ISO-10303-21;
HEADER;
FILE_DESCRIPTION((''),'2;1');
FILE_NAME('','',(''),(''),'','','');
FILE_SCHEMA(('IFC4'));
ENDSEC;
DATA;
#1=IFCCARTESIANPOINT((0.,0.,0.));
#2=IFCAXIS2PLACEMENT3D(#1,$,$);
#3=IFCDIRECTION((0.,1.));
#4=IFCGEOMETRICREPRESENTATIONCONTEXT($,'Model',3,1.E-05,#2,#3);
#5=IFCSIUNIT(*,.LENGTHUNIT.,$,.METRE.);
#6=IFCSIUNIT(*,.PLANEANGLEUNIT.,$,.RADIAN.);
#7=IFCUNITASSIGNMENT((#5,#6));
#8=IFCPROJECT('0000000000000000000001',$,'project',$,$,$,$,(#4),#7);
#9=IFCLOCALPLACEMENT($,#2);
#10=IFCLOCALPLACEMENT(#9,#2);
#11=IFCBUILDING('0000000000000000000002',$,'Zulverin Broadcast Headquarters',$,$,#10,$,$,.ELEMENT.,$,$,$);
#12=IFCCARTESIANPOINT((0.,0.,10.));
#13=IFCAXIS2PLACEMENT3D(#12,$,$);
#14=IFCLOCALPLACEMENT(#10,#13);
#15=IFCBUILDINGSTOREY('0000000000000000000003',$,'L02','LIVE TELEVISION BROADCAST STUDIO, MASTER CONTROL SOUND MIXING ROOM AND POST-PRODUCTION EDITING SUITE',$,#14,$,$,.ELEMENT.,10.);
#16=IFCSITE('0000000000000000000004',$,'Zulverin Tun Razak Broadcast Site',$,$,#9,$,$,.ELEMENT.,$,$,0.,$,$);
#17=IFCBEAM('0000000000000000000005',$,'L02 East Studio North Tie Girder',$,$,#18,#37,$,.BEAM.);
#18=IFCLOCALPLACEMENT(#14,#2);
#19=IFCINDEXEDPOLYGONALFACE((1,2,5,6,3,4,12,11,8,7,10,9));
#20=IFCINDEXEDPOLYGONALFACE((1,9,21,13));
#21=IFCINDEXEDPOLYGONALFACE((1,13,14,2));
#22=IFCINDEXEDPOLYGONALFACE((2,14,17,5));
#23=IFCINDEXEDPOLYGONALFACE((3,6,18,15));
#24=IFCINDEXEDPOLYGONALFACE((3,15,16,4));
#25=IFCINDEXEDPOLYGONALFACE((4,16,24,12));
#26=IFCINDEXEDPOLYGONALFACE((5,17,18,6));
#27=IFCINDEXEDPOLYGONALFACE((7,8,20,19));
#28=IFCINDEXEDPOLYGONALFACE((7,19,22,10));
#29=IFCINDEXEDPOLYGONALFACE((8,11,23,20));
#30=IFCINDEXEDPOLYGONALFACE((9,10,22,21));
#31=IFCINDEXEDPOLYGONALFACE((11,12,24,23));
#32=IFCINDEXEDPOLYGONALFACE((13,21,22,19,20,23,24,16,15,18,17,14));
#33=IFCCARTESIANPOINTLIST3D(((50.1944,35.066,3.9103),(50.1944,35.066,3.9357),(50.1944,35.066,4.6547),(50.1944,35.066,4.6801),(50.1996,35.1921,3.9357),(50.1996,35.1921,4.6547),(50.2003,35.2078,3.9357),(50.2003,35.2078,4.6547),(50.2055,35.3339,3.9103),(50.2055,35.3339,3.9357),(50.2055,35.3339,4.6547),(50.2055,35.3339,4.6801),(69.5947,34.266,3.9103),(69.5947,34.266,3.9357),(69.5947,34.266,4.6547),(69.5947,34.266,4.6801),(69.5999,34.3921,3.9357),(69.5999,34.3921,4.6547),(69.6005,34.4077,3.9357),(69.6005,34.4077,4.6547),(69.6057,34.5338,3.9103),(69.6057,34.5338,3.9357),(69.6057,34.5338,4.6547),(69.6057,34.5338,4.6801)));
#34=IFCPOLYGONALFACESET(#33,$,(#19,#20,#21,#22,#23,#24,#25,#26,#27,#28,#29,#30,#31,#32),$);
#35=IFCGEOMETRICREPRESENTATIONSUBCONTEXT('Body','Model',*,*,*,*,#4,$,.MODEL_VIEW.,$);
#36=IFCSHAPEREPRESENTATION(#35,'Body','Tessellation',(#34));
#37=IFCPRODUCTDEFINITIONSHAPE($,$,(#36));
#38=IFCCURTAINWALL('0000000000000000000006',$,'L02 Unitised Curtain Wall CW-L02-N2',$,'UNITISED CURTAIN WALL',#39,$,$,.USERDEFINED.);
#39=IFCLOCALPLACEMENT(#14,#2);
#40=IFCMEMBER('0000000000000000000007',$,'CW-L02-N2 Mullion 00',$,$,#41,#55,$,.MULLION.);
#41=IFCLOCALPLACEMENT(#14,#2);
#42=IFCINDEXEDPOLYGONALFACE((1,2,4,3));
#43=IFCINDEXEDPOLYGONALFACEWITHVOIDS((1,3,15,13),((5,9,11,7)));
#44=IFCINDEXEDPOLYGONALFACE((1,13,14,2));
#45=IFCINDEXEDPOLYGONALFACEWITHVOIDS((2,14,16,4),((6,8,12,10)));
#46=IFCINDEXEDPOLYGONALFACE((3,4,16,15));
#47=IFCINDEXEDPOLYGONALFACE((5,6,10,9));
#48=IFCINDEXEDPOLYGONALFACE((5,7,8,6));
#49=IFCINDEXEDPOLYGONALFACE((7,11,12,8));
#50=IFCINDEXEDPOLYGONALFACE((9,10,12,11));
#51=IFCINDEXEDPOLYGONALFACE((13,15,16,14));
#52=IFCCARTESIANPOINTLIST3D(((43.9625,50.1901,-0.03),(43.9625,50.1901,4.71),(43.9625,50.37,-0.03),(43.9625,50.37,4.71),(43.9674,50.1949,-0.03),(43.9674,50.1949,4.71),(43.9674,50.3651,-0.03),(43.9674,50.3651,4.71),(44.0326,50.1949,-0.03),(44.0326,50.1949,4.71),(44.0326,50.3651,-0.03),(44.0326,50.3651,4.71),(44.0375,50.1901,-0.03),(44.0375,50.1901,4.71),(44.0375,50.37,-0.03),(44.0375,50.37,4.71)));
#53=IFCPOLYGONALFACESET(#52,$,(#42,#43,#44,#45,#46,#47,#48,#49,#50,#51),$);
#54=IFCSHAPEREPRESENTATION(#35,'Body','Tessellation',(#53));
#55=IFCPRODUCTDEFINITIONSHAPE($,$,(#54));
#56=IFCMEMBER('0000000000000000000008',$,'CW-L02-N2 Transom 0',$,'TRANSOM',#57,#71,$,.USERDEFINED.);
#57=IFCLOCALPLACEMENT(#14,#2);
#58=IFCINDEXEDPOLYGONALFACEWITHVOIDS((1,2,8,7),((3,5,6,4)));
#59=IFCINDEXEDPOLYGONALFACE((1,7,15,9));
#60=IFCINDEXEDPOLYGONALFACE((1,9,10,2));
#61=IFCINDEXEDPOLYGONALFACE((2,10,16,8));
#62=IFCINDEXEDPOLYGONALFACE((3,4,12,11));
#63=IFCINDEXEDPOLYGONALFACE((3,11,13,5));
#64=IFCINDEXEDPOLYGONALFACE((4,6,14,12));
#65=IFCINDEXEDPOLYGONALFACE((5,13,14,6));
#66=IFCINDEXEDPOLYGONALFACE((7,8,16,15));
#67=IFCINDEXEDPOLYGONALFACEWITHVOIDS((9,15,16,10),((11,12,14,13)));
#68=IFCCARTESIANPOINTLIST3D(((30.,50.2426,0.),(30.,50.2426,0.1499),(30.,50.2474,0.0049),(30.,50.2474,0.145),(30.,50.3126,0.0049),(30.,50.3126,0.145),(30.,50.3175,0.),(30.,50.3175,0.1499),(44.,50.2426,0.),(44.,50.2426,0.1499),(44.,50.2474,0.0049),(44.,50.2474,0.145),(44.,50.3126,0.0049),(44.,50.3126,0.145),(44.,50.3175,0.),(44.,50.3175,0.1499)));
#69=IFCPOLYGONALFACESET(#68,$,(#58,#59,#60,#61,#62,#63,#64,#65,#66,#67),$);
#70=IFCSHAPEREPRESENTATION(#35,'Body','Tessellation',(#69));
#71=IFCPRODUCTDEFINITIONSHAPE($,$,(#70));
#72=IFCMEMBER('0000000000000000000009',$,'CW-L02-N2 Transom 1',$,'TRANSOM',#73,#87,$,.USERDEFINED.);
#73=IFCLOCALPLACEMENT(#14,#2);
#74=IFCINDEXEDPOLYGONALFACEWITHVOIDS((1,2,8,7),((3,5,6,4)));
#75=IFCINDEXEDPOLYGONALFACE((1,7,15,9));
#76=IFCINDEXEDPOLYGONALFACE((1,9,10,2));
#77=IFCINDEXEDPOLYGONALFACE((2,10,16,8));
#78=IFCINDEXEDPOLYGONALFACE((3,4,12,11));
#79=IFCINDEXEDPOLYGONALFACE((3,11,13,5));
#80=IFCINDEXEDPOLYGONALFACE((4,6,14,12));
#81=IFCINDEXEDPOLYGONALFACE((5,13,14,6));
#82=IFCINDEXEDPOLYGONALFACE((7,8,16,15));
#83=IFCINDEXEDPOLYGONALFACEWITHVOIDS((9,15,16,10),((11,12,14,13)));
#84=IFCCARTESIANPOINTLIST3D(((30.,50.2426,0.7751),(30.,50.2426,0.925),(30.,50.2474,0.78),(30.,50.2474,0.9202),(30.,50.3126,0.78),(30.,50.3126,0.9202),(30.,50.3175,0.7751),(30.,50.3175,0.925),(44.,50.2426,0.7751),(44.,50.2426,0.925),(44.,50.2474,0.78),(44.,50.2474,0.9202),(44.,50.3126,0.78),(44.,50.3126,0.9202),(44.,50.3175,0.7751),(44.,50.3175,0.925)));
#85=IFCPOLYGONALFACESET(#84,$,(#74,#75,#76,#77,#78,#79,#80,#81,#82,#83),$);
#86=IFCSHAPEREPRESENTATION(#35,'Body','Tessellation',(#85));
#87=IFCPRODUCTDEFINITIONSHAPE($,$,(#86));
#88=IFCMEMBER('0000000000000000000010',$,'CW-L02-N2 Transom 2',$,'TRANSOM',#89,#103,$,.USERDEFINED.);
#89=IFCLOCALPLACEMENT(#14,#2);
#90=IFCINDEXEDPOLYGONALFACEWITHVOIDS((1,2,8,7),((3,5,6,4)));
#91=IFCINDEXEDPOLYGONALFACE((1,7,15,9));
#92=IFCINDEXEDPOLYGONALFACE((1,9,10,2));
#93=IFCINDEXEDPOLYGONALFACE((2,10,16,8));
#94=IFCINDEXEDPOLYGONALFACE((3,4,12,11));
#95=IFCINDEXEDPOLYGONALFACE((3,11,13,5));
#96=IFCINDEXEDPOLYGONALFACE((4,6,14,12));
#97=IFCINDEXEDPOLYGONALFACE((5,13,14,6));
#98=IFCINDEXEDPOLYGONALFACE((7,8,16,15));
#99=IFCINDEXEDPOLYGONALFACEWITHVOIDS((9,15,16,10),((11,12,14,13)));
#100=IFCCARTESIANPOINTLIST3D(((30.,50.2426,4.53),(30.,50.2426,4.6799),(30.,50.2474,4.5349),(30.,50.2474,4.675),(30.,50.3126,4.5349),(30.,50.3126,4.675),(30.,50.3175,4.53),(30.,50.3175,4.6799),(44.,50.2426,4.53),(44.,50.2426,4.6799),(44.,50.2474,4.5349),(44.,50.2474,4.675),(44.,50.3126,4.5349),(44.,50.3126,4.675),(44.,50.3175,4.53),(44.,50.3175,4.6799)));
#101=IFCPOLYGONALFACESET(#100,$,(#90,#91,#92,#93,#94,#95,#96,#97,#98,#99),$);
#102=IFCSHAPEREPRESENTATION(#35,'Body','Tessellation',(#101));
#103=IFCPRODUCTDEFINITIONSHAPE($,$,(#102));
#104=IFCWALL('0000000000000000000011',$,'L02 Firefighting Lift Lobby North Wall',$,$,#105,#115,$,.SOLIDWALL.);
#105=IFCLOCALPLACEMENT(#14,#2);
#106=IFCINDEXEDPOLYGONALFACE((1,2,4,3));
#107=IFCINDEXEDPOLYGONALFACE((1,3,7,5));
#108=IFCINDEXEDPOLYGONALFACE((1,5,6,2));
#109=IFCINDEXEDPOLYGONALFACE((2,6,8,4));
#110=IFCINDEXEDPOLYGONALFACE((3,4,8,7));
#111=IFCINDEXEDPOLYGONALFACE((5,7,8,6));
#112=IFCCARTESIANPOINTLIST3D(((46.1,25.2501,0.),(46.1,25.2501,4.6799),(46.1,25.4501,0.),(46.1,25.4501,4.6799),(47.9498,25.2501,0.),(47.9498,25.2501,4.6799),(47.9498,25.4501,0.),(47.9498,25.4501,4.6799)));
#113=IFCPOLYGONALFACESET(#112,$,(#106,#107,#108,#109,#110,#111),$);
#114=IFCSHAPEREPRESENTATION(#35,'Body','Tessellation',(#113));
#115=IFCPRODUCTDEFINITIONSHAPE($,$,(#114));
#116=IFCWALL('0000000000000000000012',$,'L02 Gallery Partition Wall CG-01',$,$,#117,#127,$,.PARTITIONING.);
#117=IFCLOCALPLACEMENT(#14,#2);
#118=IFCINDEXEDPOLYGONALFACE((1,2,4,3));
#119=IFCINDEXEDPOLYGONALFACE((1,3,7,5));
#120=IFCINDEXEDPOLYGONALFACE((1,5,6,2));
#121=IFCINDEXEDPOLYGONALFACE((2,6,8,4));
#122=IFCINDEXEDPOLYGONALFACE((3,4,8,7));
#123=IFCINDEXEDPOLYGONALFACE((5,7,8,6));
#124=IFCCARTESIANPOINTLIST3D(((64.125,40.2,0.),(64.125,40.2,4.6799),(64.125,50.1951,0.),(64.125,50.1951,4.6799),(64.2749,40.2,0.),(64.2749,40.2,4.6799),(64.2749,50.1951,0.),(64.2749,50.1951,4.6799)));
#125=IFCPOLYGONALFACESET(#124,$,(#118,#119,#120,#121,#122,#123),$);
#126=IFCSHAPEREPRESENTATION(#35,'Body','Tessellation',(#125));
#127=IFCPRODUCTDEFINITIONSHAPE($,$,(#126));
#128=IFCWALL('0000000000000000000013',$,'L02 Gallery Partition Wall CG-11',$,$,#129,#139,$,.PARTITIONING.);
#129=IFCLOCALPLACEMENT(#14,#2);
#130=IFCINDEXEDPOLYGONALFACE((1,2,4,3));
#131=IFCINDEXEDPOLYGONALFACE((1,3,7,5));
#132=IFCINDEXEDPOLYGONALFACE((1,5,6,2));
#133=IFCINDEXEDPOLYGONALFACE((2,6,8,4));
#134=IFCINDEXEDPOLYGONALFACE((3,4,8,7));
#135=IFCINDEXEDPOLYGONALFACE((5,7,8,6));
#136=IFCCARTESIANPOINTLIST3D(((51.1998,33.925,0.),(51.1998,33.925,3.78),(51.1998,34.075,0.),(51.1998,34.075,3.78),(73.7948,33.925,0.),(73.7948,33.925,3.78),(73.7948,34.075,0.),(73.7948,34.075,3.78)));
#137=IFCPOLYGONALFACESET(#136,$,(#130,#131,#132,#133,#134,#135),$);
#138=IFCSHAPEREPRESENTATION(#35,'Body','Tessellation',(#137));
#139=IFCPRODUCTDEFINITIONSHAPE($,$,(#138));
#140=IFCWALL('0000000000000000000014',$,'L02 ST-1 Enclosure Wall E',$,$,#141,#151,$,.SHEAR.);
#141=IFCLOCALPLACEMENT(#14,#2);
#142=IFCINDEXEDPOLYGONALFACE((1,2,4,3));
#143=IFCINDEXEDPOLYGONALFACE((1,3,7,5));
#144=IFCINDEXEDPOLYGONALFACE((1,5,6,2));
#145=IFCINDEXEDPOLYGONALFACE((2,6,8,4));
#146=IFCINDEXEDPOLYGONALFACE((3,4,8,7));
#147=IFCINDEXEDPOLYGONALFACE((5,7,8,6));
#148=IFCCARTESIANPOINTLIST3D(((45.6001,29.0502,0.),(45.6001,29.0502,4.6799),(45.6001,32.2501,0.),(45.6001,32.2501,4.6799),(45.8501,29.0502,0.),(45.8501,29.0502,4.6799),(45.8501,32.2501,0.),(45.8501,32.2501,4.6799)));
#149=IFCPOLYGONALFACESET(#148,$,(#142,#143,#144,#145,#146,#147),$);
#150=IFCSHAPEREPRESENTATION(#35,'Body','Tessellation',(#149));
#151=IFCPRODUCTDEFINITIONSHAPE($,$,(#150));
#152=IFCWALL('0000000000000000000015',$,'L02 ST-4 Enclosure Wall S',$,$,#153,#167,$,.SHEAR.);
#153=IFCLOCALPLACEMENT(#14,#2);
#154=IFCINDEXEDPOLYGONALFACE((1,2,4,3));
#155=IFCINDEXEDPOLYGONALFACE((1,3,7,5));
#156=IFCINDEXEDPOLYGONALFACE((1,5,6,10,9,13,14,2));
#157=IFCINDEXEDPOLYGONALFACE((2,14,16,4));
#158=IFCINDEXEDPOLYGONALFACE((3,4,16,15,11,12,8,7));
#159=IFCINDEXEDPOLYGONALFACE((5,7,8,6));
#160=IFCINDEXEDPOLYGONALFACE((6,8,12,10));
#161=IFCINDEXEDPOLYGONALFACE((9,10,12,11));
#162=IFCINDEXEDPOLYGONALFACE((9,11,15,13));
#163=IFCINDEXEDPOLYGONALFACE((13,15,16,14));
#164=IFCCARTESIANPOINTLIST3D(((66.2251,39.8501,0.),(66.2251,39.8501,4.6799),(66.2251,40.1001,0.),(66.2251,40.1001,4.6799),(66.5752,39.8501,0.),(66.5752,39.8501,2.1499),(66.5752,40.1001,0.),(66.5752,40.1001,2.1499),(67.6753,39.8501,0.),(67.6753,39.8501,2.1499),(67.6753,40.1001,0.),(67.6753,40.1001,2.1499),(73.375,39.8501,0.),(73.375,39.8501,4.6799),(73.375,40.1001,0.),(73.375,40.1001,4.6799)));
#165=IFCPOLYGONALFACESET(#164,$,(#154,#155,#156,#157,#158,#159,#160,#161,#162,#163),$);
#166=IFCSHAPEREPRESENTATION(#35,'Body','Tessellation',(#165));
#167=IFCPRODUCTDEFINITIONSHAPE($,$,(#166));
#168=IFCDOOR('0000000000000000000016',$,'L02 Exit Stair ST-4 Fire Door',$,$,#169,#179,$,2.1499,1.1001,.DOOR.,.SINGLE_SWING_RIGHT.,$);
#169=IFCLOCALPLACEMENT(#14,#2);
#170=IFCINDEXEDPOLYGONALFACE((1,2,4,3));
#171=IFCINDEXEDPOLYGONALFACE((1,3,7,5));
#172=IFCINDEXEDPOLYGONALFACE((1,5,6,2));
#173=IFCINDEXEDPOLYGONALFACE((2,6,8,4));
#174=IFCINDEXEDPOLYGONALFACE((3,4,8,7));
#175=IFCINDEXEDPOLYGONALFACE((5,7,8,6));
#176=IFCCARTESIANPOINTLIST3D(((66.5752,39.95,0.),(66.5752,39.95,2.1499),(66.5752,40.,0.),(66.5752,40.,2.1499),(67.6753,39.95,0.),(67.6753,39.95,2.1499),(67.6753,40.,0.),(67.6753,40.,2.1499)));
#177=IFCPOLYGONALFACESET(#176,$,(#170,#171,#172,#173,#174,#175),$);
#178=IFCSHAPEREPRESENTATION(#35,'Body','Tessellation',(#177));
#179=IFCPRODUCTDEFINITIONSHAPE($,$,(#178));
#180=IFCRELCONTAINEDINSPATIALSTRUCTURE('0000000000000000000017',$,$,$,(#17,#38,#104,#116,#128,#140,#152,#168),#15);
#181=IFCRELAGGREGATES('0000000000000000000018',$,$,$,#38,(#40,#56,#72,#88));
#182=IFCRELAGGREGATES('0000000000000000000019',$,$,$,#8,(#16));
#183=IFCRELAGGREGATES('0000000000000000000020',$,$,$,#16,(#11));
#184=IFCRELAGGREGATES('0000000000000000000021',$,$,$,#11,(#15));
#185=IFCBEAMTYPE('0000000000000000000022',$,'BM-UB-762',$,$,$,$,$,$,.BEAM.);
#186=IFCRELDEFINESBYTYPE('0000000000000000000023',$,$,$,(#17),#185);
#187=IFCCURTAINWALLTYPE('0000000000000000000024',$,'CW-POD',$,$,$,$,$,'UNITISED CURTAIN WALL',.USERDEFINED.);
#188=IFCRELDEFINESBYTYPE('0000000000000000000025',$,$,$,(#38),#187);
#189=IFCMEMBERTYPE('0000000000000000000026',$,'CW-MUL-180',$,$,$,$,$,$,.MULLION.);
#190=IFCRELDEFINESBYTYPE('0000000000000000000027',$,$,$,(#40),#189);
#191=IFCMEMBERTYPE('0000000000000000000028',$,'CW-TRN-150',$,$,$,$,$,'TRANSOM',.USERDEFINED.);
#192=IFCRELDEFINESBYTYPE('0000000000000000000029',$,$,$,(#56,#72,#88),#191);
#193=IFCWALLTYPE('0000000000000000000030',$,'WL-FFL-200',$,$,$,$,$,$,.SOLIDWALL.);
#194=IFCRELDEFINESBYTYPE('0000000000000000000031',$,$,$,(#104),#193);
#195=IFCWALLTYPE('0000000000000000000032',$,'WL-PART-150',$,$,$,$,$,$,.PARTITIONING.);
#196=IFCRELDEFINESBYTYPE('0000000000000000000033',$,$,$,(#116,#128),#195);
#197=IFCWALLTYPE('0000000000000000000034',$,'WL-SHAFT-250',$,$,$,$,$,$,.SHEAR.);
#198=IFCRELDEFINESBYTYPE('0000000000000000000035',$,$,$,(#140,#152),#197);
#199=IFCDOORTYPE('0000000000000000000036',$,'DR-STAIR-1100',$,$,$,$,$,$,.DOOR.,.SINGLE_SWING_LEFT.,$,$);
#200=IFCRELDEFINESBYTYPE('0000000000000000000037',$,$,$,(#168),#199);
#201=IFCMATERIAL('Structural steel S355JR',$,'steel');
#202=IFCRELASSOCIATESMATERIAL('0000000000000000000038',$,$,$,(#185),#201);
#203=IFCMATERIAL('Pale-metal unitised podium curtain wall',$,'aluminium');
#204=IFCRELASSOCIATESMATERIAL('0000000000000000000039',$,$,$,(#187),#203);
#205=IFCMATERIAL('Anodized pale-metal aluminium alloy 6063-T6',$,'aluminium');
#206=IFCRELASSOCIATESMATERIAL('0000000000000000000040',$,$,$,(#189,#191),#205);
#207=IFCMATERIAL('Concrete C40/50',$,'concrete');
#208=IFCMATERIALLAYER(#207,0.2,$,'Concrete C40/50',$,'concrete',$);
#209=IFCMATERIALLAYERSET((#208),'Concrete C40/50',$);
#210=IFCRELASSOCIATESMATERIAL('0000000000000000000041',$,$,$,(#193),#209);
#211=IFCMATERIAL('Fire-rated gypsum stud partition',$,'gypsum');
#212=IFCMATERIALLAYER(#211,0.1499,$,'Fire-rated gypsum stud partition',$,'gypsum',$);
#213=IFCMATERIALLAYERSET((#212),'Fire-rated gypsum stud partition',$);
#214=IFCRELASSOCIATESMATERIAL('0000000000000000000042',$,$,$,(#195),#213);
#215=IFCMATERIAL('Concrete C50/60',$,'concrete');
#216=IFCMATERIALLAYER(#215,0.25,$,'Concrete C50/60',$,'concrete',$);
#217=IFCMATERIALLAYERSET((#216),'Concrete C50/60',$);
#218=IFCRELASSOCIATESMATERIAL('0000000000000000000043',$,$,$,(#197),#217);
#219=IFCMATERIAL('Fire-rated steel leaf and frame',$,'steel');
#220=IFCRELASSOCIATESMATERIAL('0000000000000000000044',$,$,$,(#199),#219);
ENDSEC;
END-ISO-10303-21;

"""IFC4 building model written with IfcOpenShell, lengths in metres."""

from ifc_helpers import new_model, si_unit, direction, frame, frame_2d, origin, origin_2d, place, context, subcontext, project, spatial, rectangle, hollow_rectangle, i_section, extrude, material, layer, layer_set, material_profile, profile_set, type_object, element, fill, aggregate, save


model = new_model("IFC4")

# Units and contexts
model_context = context("Model", 3, precision=1e-05, world=origin(), true_north=direction((0.0, 1.0)))
body_context = subcontext(model_context, "Body", "Model", "MODEL_VIEW")
ifc_project = project(units=[si_unit("LENGTHUNIT", "METRE"), si_unit("PLANEANGLEUNIT", "RADIAN")], contexts=[model_context])

# Site, building, storey
site_placement = place(None, origin())
site = spatial("IfcSite", under=ifc_project, at=site_placement, Name="Zulverin Tun Razak Broadcast Site", CompositionType="ELEMENT", RefElevation=0.0)
building_placement = place(site_placement, origin())
building = spatial("IfcBuilding", under=site, at=building_placement, Name="Zulverin Broadcast Headquarters", CompositionType="ELEMENT")
storey_placement = place(building_placement, frame((0.0, 0.0, 10.0)))
storey = spatial("IfcBuildingStorey", under=building, at=storey_placement, Name="L02", Description="LIVE TELEVISION BROADCAST STUDIO, MASTER CONTROL SOUND MIXING ROOM AND POST-PRODUCTION EDITING SUITE", CompositionType="ELEMENT", Elevation=10.0)

# Beam
ifc_material_1 = material(Name="Structural steel S355JR", Category="steel")
ifc_material_profile_1 = material_profile(ifc_material_1, i_section(OverallWidth=0.2681, OverallDepth=0.7698, WebThickness=0.0156, FlangeThickness=0.0254, at=origin_2d()), Name="Structural steel S355JR", Category="steel")
ifc_profile_set_1 = profile_set([ifc_material_profile_1], Name="Structural steel S355JR")
beam_type_1 = type_object("IfcBeamType", Name="BM-UB-762", PredefinedType="BEAM", material=ifc_profile_set_1)
beam_1_placement = place(storey_placement, frame((50.2, 35.2, 4.2952), z_axis=(0.999151, -0.041204, 0.0), x_axis=(0.041204, 0.999151, 0.0)))
element("IfcBeam", 1, at=beam_1_placement, inside=storey, type_object=beam_type_1, Name="L02 East Studio North Tie Girder", PredefinedType="BEAM", context=body_context, shape_type="SweptSolid", body=[
    extrude(i_section(OverallWidth=0.2681, OverallDepth=0.7698, WebThickness=0.0156, FlangeThickness=0.0254, at=origin_2d()), origin(), (0.0, 0.0, 1.0), 19.4167),
])

# Curtain wall, members
ifc_material_2 = material(Name="Pale-metal unitised podium curtain wall", Category="aluminium")
curtain_wall_type = type_object("IfcCurtainWallType", Name="CW-POD", ElementType="UNITISED CURTAIN WALL", PredefinedType="USERDEFINED", material=ifc_material_2)
curtain_wall_placement = place(storey_placement, origin())
curtain_wall = element("IfcCurtainWall", 2, at=curtain_wall_placement, inside=storey, type_object=curtain_wall_type, Name="L02 Unitised Curtain Wall CW-L02-N2", ObjectType="UNITISED CURTAIN WALL", PredefinedType="USERDEFINED")
ifc_material_3 = material(Name="Anodized pale-metal aluminium alloy 6063-T6", Category="aluminium")
ifc_material_profile_2 = material_profile(ifc_material_3, hollow_rectangle(XDim=0.075, YDim=0.1799, WallThickness=0.0049, at=origin_2d()), Name="Anodized pale-metal aluminium alloy 6063-T6", Category="aluminium")
ifc_profile_set_2 = profile_set([ifc_material_profile_2], Name="Anodized pale-metal aluminium alloy 6063-T6")
member_type_1 = type_object("IfcMemberType", Name="CW-MUL-180", PredefinedType="MULLION", material=ifc_profile_set_2)
member_1_placement = place(storey_placement, frame((44.0, 50.28, -0.03), z_axis=(0.0, 0.0, 1.0), x_axis=(-1.0, 0.0, 0.0)))
member_1 = element("IfcMember", 3, at=member_1_placement, type_object=member_type_1, Name="CW-L02-N2 Mullion 00", PredefinedType="MULLION", context=body_context, shape_type="SweptSolid", body=[
    extrude(hollow_rectangle(XDim=0.075, YDim=0.1799, WallThickness=0.0049, at=origin_2d()), origin(), (0.0, 0.0, 1.0), 4.74),
])
ifc_material_profile_3 = material_profile(ifc_material_3, hollow_rectangle(XDim=0.075, YDim=0.1499, WallThickness=0.0049, at=origin_2d()), Name="Anodized pale-metal aluminium alloy 6063-T6", Category="aluminium")
ifc_profile_set_3 = profile_set([ifc_material_profile_3], Name="Anodized pale-metal aluminium alloy 6063-T6")
member_type_2 = type_object("IfcMemberType", Name="CW-TRN-150", ElementType="TRANSOM", PredefinedType="USERDEFINED", material=ifc_profile_set_3)
member_2_placement = place(storey_placement, frame((44.0, 50.28, 0.075), z_axis=(-1.0, 0.0, 0.0), x_axis=(0.0, -1.0, 0.0)))
member_2 = element("IfcMember", 4, at=member_2_placement, type_object=member_type_2, Name="CW-L02-N2 Transom 0", ObjectType="TRANSOM", PredefinedType="USERDEFINED", context=body_context, shape_type="SweptSolid", body=[
    extrude(hollow_rectangle(XDim=0.075, YDim=0.1499, WallThickness=0.0049, at=origin_2d()), origin(), (0.0, 0.0, 1.0), 14.0),
])
member_3_placement = place(storey_placement, frame((44.0, 50.28, 0.8501), z_axis=(-1.0, 0.0, 0.0), x_axis=(0.0, -1.0, 0.0)))
member_3 = element("IfcMember", 5, at=member_3_placement, type_object=member_type_2, Name="CW-L02-N2 Transom 1", ObjectType="TRANSOM", PredefinedType="USERDEFINED", context=body_context, shape_type="SweptSolid", body=[
    extrude(hollow_rectangle(XDim=0.075, YDim=0.1499, WallThickness=0.0049, at=origin_2d()), origin(), (0.0, 0.0, 1.0), 14.0),
])
member_4_placement = place(storey_placement, frame((44.0, 50.28, 4.605), z_axis=(-1.0, 0.0, 0.0), x_axis=(0.0, -1.0, 0.0)))
member_4 = element("IfcMember", 6, at=member_4_placement, type_object=member_type_2, Name="CW-L02-N2 Transom 2", ObjectType="TRANSOM", PredefinedType="USERDEFINED", context=body_context, shape_type="SweptSolid", body=[
    extrude(hollow_rectangle(XDim=0.075, YDim=0.1499, WallThickness=0.0049, at=origin_2d()), origin(), (0.0, 0.0, 1.0), 14.0),
])
aggregate(curtain_wall, [member_1, member_2, member_3, member_4])

# Walls
ifc_material_4 = material(Name="Concrete C40/50", Category="concrete")
ifc_layer_1 = layer(ifc_material_4, 0.2, Name="Concrete C40/50", Category="concrete")
ifc_layer_set_1 = layer_set([ifc_layer_1], Name="Concrete C40/50")
wall_type_1 = type_object("IfcWallType", Name="WL-FFL-200", PredefinedType="SOLIDWALL", material=ifc_layer_set_1)
wall_1_placement = place(storey_placement, frame((46.1001, 25.3501, 0.0), z_axis=(0.0, 0.0, 1.0), x_axis=(1.0, 0.0, 0.0)))
element("IfcWall", 7, at=wall_1_placement, inside=storey, type_object=wall_type_1, Name="L02 Firefighting Lift Lobby North Wall", PredefinedType="SOLIDWALL", context=body_context, shape_type="SweptSolid", body=[
    extrude(rectangle(XDim=1.8499, YDim=0.2, at=frame_2d((0.9248, 0.0))), origin(), (0.0, 0.0, 1.0), 4.6799),
])
ifc_material_5 = material(Name="Fire-rated gypsum stud partition", Category="gypsum")
ifc_layer_2 = layer(ifc_material_5, 0.1499, Name="Fire-rated gypsum stud partition", Category="gypsum")
ifc_layer_set_2 = layer_set([ifc_layer_2], Name="Fire-rated gypsum stud partition")
wall_type_2 = type_object("IfcWallType", Name="WL-PART-150", PredefinedType="PARTITIONING", material=ifc_layer_set_2)
wall_2_placement = place(storey_placement, frame((64.2, 40.2, 0.0), z_axis=(0.0, 0.0, 1.0), x_axis=(0.0, 1.0, 0.0)))
element("IfcWall", 8, at=wall_2_placement, inside=storey, type_object=wall_type_2, Name="L02 Gallery Partition Wall CG-01", PredefinedType="PARTITIONING", context=body_context, shape_type="SweptSolid", body=[
    extrude(rectangle(XDim=9.9951, YDim=0.1499, at=frame_2d((4.9976, 0.0))), origin(), (0.0, 0.0, 1.0), 4.6799),
])
wall_3_placement = place(storey_placement, frame((51.2, 34.0, 0.0), z_axis=(0.0, 0.0, 1.0), x_axis=(1.0, 0.0, 0.0)))
element("IfcWall", 9, at=wall_3_placement, inside=storey, type_object=wall_type_2, Name="L02 Gallery Partition Wall CG-11", PredefinedType="PARTITIONING", context=body_context, shape_type="SweptSolid", body=[
    extrude(rectangle(XDim=22.595, YDim=0.1499, at=frame_2d((11.2974, 0.0))), origin(), (0.0, 0.0, 1.0), 3.78),
])
ifc_material_6 = material(Name="Concrete C50/60", Category="concrete")
ifc_layer_3 = layer(ifc_material_6, 0.25, Name="Concrete C50/60", Category="concrete")
ifc_layer_set_3 = layer_set([ifc_layer_3], Name="Concrete C50/60")
wall_type_3 = type_object("IfcWallType", Name="WL-SHAFT-250", PredefinedType="SHEAR", material=ifc_layer_set_3)
wall_4_placement = place(storey_placement, frame((45.7251, 29.05, 0.0), z_axis=(0.0, 0.0, 1.0), x_axis=(0.0, 1.0, 0.0)))
element("IfcWall", 10, at=wall_4_placement, inside=storey, type_object=wall_type_3, Name="L02 ST-1 Enclosure Wall E", PredefinedType="SHEAR", context=body_context, shape_type="SweptSolid", body=[
    extrude(rectangle(XDim=3.2, YDim=0.25, at=frame_2d((1.6001, 0.0))), origin(), (0.0, 0.0, 1.0), 4.6799),
])

# Wall, opening, door
wall_5_placement = place(storey_placement, frame((66.2251, 39.9751, 0.0), z_axis=(0.0, 0.0, 1.0), x_axis=(1.0, 0.0, 0.0)))
wall_5 = element("IfcWall", 11, at=wall_5_placement, inside=storey, type_object=wall_type_3, Name="L02 ST-4 Enclosure Wall S", PredefinedType="SHEAR", context=body_context, shape_type="SweptSolid", body=[
    extrude(rectangle(XDim=7.1499, YDim=0.25, at=frame_2d((3.575, 0.0))), origin(), (0.0, 0.0, 1.0), 4.6799),
])
opening_1_placement = place(wall_5_placement, frame((0.3501, 0.0, 0.0)))
opening_1 = element("IfcOpeningElement", 12, at=opening_1_placement, cuts=wall_5, PredefinedType="OPENING", context=body_context, shape_type="SweptSolid", body=[
    extrude(rectangle(XDim=1.1001, YDim=2.1499, at=frame_2d((0.55, 1.075))), frame((0.0, 0.135, 0.0), z_axis=(0.0, -1.0, 0.0), x_axis=(1.0, 0.0, 0.0)), (0.0, 0.0, 1.0), 0.27),
])
ifc_material_7 = material(Name="Fire-rated steel leaf and frame", Category="steel")
door_type_1 = type_object("IfcDoorType", Name="DR-STAIR-1100", OperationType="SINGLE_SWING_LEFT", PredefinedType="DOOR", material=ifc_material_7)
door_1_placement = place(opening_1_placement, origin())
door_1 = element("IfcDoor", 13, at=door_1_placement, inside=storey, type_object=door_type_1, Name="L02 Exit Stair ST-4 Fire Door", OperationType="SINGLE_SWING_RIGHT", OverallHeight=2.1499, OverallWidth=1.1001, PredefinedType="DOOR", context=body_context, shape_type="SweptSolid", body=[
    extrude(rectangle(XDim=1.1001, YDim=2.1499, at=frame_2d((0.55, 1.075))), frame((0.0, 0.0249, 0.0), z_axis=(0.0, -1.0, 0.0), x_axis=(1.0, 0.0, 0.0)), (0.0, 0.0, 1.0), 0.05),
])
fill(opening_1, door_1)

save(model, "model.ifc")
